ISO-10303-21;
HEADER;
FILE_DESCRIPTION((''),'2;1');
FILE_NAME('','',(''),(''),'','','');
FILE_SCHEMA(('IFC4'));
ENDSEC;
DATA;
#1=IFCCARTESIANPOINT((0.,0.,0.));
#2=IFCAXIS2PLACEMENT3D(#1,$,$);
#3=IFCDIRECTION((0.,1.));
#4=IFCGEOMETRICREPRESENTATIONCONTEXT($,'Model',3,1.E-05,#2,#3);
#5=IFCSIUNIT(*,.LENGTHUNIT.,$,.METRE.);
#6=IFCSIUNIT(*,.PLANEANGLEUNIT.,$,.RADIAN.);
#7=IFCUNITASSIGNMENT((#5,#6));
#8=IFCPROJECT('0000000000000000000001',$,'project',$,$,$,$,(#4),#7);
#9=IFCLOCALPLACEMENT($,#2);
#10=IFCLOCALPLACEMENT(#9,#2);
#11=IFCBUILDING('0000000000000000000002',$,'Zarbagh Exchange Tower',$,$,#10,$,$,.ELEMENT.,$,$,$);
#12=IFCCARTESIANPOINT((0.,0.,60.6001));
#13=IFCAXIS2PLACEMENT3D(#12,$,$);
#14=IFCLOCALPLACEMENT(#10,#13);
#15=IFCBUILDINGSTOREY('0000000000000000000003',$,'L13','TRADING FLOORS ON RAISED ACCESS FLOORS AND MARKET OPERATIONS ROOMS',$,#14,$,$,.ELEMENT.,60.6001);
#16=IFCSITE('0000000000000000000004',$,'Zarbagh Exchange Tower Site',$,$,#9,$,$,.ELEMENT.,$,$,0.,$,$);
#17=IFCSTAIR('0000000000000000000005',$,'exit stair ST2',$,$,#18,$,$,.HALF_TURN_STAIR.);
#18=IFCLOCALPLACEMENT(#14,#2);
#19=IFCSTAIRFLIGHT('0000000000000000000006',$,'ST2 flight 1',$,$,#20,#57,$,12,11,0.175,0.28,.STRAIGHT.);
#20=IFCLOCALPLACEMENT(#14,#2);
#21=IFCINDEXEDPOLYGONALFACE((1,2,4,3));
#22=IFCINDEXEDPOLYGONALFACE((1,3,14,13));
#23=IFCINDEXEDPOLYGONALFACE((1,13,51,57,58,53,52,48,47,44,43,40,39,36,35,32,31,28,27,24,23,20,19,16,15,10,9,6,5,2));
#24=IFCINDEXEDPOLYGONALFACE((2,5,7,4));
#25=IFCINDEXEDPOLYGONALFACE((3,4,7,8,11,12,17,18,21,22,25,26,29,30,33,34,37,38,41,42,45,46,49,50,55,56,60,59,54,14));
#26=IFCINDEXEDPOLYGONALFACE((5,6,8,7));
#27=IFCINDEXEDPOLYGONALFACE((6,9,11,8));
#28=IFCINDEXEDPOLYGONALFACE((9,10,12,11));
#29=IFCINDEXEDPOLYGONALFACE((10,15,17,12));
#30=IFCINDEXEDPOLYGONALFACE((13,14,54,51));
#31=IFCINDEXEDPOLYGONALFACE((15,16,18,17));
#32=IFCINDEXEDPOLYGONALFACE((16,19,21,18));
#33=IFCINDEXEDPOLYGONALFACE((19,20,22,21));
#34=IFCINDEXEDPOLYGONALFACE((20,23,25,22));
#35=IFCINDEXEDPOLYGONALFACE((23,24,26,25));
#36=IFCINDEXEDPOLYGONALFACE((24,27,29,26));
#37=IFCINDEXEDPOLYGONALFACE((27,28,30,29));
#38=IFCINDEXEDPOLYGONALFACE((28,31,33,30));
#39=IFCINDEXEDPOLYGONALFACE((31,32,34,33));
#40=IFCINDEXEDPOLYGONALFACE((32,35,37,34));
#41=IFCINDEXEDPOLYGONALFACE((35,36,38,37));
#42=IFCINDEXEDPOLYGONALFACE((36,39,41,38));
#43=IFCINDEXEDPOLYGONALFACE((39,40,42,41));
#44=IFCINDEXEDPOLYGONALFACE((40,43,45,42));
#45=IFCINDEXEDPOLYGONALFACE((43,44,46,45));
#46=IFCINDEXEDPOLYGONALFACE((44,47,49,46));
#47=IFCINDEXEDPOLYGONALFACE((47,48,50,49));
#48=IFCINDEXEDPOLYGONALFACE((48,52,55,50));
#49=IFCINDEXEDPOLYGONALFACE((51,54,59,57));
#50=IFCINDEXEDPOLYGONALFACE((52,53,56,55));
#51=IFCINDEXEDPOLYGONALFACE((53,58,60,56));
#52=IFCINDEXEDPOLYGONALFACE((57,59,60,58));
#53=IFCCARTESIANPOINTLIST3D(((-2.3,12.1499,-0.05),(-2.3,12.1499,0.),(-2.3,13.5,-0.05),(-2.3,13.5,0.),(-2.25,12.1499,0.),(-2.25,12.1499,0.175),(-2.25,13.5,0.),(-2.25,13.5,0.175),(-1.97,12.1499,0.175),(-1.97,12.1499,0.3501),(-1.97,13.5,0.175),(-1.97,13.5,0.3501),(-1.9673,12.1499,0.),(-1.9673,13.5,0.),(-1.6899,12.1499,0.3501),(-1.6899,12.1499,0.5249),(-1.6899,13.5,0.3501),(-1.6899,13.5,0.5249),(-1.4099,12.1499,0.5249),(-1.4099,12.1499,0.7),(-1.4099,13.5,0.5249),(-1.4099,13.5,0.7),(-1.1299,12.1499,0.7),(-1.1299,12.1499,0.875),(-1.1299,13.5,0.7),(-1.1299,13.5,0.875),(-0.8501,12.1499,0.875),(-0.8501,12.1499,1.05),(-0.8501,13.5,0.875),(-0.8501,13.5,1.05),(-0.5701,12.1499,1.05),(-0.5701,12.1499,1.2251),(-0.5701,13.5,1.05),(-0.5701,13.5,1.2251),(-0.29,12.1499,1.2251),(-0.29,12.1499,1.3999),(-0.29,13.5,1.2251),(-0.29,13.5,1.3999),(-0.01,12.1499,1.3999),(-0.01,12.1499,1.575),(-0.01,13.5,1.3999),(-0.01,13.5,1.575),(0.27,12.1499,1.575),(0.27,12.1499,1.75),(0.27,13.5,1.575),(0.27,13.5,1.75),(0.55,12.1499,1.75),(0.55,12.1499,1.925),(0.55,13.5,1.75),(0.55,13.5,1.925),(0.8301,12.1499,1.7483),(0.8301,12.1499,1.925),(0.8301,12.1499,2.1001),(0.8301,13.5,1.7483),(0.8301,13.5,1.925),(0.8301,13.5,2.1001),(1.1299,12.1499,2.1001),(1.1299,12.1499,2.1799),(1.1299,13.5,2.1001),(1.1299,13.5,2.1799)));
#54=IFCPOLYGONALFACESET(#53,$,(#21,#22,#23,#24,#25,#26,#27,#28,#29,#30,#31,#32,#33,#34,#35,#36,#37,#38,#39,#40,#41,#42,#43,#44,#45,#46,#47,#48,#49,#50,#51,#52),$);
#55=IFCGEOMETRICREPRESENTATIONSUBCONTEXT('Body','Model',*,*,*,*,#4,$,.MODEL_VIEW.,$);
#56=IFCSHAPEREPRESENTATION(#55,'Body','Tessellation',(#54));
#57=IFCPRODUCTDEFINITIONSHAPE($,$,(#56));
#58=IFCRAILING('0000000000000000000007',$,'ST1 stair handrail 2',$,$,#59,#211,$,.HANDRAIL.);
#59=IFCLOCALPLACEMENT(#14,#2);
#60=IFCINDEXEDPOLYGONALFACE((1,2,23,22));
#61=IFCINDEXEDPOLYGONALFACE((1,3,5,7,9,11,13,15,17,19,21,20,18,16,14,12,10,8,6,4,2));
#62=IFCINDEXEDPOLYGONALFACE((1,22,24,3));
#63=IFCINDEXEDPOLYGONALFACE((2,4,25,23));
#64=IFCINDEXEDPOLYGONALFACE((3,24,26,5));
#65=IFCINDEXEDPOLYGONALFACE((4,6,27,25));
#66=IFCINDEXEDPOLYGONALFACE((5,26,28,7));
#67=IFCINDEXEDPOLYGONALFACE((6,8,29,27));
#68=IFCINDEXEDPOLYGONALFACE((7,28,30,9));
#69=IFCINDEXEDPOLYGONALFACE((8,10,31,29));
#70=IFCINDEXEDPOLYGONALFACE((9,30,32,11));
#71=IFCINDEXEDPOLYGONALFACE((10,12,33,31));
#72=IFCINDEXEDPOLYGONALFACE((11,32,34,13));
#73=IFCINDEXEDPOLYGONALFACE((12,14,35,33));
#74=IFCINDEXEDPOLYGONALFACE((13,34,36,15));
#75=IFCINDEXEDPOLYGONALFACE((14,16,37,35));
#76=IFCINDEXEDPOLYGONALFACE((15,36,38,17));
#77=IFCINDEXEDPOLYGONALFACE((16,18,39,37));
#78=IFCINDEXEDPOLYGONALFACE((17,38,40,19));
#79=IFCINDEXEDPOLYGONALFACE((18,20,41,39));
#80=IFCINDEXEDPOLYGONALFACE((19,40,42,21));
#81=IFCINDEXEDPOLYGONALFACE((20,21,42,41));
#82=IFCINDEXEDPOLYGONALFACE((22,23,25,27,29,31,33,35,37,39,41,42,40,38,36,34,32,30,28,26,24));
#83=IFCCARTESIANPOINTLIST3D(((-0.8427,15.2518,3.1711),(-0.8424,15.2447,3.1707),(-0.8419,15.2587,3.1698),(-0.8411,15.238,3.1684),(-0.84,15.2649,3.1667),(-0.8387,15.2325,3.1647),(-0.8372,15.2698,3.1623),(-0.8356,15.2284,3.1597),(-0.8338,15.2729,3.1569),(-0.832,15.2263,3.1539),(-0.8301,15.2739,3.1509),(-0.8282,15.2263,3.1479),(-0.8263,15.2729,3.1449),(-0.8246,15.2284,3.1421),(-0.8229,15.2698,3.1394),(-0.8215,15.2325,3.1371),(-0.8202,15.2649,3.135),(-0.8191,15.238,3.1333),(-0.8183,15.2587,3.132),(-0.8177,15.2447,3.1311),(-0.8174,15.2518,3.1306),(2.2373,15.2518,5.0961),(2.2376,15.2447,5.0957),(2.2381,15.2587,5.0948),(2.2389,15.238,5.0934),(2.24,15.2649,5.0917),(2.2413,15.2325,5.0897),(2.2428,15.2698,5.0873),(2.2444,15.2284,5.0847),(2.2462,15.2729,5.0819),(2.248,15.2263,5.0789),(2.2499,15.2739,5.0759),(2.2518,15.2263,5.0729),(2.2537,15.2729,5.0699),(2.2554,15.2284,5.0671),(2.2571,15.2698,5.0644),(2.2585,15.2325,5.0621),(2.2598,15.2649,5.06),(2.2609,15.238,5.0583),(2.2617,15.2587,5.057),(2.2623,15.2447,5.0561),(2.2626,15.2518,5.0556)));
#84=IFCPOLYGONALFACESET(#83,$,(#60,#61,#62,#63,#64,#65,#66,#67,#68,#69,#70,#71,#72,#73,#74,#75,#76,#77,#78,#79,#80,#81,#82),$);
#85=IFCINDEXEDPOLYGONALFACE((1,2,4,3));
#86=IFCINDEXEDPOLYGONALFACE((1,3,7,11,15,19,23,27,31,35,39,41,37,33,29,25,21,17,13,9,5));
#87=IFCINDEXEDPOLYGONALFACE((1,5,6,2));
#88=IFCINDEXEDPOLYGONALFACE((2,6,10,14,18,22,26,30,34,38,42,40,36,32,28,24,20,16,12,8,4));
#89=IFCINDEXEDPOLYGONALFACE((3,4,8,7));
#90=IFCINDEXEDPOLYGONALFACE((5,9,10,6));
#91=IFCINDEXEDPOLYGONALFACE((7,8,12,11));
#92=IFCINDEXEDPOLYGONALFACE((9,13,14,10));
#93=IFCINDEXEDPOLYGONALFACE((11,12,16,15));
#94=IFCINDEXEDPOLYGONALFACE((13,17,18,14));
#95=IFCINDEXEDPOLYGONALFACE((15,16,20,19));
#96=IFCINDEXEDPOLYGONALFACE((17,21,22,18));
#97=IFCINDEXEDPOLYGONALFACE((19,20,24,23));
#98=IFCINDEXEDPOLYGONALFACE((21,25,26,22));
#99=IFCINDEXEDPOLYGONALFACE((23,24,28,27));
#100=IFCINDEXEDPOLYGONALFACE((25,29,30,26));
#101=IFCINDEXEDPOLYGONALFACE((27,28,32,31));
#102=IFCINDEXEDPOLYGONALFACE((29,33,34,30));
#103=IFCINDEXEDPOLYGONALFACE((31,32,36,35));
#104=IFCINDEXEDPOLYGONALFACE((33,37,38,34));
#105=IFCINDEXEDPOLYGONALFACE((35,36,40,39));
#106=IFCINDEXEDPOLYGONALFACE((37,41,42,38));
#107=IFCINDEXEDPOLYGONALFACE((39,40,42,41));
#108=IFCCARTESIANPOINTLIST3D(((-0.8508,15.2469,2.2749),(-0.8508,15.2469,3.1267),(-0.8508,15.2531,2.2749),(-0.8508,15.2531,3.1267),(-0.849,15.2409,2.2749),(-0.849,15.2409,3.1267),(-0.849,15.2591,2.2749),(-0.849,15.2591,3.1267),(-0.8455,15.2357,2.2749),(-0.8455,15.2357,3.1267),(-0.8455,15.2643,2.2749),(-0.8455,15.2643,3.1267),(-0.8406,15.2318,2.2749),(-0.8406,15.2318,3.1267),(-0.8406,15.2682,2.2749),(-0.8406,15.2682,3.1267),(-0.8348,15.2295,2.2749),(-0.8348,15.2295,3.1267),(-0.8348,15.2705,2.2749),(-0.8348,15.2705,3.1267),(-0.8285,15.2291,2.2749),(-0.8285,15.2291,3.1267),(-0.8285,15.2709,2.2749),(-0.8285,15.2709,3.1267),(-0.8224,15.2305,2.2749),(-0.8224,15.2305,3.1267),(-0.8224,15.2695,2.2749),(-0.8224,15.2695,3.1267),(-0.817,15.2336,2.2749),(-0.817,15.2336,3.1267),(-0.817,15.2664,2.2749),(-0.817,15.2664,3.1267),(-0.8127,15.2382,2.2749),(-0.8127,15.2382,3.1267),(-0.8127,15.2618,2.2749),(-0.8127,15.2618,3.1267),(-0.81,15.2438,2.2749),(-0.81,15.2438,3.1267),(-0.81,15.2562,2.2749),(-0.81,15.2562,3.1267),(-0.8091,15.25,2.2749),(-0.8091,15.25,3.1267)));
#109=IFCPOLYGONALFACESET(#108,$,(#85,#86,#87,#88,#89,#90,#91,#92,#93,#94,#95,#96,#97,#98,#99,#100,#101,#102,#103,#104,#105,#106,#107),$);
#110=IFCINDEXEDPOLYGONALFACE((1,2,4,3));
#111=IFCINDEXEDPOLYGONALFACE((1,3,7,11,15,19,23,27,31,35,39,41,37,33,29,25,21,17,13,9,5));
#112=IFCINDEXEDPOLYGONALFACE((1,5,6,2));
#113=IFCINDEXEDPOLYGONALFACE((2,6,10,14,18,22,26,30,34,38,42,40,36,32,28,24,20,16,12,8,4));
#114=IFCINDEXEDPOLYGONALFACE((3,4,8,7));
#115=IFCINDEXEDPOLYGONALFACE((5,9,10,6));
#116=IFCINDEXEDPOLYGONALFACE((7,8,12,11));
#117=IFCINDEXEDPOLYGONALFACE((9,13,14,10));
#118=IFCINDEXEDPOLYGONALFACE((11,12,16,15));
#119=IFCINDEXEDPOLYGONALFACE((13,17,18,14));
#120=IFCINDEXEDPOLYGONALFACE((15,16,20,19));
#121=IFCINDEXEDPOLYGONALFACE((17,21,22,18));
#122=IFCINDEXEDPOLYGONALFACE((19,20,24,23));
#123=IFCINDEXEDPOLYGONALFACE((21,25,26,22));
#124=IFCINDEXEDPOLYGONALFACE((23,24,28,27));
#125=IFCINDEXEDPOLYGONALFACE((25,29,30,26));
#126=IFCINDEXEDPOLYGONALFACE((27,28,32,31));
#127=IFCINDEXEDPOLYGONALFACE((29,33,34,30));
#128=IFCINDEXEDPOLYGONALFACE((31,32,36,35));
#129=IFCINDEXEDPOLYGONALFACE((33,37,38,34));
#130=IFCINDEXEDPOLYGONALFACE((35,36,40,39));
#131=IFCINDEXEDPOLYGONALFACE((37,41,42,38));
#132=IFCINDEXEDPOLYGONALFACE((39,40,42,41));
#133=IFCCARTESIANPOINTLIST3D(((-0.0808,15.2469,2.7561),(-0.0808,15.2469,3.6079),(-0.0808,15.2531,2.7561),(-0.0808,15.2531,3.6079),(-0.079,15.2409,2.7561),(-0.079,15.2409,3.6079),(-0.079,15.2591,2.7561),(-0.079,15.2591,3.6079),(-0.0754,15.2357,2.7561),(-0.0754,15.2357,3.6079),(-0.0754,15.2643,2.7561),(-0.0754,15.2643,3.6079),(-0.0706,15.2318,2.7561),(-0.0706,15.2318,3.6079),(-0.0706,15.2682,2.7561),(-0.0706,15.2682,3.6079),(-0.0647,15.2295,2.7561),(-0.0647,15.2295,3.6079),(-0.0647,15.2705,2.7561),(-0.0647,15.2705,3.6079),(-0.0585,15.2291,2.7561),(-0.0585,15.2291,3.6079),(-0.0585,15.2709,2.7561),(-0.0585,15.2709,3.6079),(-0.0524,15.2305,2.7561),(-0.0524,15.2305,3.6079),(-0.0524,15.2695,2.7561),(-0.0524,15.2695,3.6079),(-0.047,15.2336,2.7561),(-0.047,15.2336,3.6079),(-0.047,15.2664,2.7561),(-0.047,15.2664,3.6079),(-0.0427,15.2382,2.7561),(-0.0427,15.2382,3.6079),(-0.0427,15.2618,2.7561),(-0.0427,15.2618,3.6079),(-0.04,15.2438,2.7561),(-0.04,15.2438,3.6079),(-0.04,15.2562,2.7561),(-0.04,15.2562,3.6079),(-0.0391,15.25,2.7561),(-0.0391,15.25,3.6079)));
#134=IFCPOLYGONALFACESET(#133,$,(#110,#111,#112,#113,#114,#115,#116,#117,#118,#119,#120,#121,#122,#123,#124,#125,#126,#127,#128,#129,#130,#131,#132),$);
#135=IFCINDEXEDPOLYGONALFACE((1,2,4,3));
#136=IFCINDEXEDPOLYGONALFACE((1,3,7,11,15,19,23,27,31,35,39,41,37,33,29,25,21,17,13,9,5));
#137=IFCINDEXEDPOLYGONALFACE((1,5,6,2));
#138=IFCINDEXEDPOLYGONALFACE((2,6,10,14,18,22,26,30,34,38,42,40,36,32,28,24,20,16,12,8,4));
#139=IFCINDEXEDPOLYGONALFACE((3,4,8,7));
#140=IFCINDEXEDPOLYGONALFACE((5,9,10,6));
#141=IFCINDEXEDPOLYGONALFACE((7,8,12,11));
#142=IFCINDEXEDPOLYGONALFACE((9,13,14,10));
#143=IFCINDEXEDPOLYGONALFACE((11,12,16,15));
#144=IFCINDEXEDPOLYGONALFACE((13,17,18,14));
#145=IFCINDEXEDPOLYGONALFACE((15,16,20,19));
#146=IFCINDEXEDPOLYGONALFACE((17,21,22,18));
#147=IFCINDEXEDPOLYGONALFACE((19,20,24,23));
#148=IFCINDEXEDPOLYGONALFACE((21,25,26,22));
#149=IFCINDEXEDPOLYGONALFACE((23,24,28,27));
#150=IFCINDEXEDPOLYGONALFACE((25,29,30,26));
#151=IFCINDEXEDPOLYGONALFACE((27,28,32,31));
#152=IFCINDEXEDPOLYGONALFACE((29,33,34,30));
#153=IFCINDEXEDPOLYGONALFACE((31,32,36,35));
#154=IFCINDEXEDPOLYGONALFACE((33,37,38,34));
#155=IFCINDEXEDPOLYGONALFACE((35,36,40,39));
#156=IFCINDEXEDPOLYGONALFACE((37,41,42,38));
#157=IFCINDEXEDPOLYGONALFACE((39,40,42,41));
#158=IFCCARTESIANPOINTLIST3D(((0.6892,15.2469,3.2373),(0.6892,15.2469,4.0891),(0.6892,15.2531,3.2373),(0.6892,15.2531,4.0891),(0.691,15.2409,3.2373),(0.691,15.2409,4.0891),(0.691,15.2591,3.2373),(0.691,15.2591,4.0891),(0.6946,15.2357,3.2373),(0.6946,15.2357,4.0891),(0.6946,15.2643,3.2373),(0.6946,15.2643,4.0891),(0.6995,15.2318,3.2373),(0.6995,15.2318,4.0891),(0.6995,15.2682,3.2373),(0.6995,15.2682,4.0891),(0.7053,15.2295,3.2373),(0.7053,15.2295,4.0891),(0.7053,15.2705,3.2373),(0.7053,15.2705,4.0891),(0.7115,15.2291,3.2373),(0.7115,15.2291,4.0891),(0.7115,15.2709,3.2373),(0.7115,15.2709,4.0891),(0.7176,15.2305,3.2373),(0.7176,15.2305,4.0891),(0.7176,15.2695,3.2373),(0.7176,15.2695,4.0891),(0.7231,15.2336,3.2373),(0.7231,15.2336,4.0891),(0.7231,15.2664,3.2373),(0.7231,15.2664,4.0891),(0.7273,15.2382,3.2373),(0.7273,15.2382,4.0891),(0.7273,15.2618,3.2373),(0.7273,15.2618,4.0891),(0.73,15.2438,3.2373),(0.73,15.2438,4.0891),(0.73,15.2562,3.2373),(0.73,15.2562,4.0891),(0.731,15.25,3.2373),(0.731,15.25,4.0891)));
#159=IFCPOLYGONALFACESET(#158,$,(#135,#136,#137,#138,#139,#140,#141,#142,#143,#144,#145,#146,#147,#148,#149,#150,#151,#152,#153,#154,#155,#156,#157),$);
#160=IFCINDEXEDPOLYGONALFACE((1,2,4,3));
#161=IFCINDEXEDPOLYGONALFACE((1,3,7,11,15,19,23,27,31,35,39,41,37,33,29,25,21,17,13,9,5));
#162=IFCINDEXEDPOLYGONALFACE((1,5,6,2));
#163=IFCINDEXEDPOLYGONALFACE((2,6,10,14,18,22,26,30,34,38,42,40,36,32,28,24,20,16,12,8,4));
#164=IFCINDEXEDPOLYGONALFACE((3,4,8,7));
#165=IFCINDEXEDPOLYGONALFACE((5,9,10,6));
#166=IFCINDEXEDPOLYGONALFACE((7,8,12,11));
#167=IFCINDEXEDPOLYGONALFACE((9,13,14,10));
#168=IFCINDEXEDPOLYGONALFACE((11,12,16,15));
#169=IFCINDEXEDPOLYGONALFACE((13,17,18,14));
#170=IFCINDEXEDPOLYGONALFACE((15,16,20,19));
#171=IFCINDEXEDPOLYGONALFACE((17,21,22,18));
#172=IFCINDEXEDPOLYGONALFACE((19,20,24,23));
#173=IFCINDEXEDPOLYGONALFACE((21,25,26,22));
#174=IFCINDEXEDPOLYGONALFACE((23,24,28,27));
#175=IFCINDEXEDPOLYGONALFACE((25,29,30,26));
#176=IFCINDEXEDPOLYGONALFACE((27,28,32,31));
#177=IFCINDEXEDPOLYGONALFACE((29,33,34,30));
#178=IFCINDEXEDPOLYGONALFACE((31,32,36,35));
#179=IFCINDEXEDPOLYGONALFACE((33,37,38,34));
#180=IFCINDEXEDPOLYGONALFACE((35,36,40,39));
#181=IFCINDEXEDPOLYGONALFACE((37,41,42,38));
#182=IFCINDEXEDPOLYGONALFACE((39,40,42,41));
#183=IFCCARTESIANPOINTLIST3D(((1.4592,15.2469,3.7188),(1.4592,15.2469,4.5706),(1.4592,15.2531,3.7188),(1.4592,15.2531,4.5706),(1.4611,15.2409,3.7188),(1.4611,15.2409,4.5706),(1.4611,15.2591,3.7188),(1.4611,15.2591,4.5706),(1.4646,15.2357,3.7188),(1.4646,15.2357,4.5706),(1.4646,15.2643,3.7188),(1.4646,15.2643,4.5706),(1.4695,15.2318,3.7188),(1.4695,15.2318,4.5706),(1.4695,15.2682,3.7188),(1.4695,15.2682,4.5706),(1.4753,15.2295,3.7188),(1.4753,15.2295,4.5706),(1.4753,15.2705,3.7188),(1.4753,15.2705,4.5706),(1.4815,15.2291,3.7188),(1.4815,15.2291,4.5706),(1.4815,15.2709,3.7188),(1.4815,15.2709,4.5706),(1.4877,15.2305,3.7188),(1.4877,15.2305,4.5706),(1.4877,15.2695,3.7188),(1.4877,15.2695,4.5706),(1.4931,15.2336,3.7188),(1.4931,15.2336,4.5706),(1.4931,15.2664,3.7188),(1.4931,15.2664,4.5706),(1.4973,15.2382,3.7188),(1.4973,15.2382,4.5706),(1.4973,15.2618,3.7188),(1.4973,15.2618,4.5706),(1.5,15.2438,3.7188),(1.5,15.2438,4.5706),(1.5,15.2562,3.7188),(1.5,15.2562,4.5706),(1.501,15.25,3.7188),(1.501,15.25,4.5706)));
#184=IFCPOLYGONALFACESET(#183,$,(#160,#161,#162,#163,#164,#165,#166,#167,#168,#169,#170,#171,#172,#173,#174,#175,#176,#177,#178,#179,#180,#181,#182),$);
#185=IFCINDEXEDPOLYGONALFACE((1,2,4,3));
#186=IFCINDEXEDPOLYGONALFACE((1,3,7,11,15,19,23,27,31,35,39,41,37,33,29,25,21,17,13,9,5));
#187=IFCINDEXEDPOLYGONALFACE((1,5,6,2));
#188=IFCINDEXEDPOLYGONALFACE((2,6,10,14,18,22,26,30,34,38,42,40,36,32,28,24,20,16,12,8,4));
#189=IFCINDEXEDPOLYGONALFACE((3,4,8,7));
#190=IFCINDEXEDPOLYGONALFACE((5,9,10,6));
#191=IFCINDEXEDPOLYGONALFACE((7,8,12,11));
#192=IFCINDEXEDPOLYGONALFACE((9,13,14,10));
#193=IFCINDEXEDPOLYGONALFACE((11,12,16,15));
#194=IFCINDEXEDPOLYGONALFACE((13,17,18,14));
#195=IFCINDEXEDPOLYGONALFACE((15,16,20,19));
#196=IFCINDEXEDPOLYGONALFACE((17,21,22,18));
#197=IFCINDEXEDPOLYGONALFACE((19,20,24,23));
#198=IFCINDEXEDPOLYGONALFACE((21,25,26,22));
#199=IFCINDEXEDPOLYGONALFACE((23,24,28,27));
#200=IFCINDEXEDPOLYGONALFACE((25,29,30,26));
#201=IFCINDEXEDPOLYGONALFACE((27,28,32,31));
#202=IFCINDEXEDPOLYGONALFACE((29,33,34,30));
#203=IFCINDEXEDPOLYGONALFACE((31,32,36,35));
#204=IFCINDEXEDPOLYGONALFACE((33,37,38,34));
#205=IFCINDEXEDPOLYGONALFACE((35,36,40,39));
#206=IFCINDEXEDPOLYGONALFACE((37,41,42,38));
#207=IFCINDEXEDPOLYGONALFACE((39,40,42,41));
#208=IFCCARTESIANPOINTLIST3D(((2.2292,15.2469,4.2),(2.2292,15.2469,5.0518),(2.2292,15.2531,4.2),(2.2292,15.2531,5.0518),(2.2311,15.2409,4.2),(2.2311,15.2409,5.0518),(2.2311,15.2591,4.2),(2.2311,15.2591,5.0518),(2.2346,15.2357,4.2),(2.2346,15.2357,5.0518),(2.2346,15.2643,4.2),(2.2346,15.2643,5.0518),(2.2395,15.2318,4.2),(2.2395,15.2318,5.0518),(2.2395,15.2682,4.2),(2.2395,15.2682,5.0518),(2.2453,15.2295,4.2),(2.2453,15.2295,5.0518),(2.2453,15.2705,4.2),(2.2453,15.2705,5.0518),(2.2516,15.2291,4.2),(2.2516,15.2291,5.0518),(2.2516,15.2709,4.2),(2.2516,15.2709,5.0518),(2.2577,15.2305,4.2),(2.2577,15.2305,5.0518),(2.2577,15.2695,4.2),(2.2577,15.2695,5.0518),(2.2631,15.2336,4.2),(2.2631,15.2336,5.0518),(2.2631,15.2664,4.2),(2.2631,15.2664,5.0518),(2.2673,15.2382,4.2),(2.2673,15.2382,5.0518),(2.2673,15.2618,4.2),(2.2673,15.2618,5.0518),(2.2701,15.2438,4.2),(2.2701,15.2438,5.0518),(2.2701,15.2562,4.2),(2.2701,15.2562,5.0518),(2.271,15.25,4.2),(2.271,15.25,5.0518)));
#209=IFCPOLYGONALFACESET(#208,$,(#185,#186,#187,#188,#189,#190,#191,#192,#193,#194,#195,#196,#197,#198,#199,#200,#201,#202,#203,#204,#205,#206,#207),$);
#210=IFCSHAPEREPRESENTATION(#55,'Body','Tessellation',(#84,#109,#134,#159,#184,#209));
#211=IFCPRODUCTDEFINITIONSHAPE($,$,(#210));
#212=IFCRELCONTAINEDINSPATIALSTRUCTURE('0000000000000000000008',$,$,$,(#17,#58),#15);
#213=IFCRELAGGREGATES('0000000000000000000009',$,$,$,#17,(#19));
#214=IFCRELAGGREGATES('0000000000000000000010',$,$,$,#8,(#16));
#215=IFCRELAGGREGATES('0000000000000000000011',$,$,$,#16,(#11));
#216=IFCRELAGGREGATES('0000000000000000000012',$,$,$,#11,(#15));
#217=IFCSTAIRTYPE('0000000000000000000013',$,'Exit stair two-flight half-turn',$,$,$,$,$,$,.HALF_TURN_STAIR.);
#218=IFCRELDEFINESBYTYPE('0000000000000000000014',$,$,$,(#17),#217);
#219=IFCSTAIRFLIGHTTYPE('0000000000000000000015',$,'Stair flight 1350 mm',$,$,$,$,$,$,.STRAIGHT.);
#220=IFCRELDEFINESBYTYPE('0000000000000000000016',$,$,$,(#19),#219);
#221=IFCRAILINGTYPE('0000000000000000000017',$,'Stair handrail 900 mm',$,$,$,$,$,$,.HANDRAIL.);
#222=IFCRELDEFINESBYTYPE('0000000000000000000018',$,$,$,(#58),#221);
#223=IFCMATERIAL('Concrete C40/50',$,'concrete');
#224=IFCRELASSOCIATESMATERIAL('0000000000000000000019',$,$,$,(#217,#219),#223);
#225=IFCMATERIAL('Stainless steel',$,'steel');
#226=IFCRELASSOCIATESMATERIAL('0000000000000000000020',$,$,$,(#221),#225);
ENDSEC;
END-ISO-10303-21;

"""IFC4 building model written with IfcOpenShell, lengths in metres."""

from ifc_helpers import new_model, si_unit, direction, frame, origin, origin_2d, place, context, subcontext, project, spatial, polyline, circle, outline, extrude, material, type_object, element, aggregate, save


model = new_model("IFC4")

# Units and contexts
model_context = context("Model", 3, precision=1e-05, world=origin(), true_north=direction((0.0, 1.0)))
body_context = subcontext(model_context, "Body", "Model", "MODEL_VIEW")
ifc_project = project(units=[si_unit("LENGTHUNIT", "METRE"), si_unit("PLANEANGLEUNIT", "RADIAN")], contexts=[model_context])

# Site, building, storey
site_placement = place(None, origin())
site = spatial("IfcSite", under=ifc_project, at=site_placement, Name="Zarbagh Exchange Tower Site", CompositionType="ELEMENT", RefElevation=0.0)
building_placement = place(site_placement, origin())
building = spatial("IfcBuilding", under=site, at=building_placement, Name="Zarbagh Exchange Tower", CompositionType="ELEMENT")
storey_placement = place(building_placement, frame((0.0, 0.0, 60.6001)))
storey = spatial("IfcBuildingStorey", under=building, at=storey_placement, Name="L13", Description="TRADING FLOORS ON RAISED ACCESS FLOORS AND MARKET OPERATIONS ROOMS", CompositionType="ELEMENT", Elevation=60.6001)

# Shared definitions
ifc_material_1 = material(Name="Stainless steel", Category="steel")

# Stair, stair flight
ifc_material_2 = material(Name="Concrete C40/50", Category="concrete")
stair_type = type_object("IfcStairType", Name="Exit stair two-flight half-turn", PredefinedType="HALF_TURN_STAIR", material=ifc_material_2)
stair_flight_type = type_object("IfcStairFlightType", Name="Stair flight 1350 mm", PredefinedType="STRAIGHT", material=ifc_material_2)
stair_1_placement = place(storey_placement, origin())
stair_1 = element("IfcStair", 1, at=stair_1_placement, inside=storey, type_object=stair_type, Name="exit stair ST2", PredefinedType="HALF_TURN_STAIR")
stair_flight_1_placement = place(storey_placement, frame((-2.25, 12.825, 0.0), z_axis=(0.0, 0.0, 1.0), x_axis=(1.0, 0.0, 0.0)))
stair_flight_1 = element("IfcStairFlight", 2, at=stair_flight_1_placement, type_object=stair_flight_type, Name="ST2 flight 1", NumberOfRisers=12, NumberOfTreads=11, PredefinedType="STRAIGHT", RiserHeight=0.175, TreadLength=0.28, context=body_context, shape_type="SweptSolid", body=[
    extrude(outline(polyline([(-0.05, -0.05), (-0.05, 0.0), (0.0, 0.0), (0.0, 0.175), (0.28, 0.175), (0.28, 0.3501), (0.5601, 0.3501), (0.5601, 0.5249), (0.8401, 0.5249), (0.8401, 0.7), (1.1201, 0.7), (1.1201, 0.875), (1.3999, 0.875), (1.3999, 1.05), (1.6799, 1.05), (1.6799, 1.2251), (1.96, 1.2251), (1.96, 1.3999), (2.24, 1.3999), (2.24, 1.575), (2.52, 1.575), (2.52, 1.75), (2.8, 1.75), (2.8, 1.925), (3.0801, 1.925), (3.0801, 2.1001), (3.3799, 2.1799), (3.3799, 2.1001), (3.0801, 1.7483), (0.2827, 0.0), (-0.05, -0.05)])), frame((0.0, 0.675, 0.0), z_axis=(0.0, -1.0, 0.0), x_axis=(1.0, 0.0, 0.0)), (0.0, 0.0, 1.0), 1.3501),
])
aggregate(stair_1, [stair_flight_1])

# Railing
railing_type_1 = type_object("IfcRailingType", Name="Stair handrail 900 mm", PredefinedType="HANDRAIL", material=ifc_material_1)
railing_1_placement = place(storey_placement, frame((-0.8301, 15.25, 2.2749)))
element("IfcRailing", 3, at=railing_1_placement, inside=storey, type_object=railing_type_1, Name="ST1 stair handrail 2", PredefinedType="HANDRAIL", context=body_context, shape_type="SweptSolid", body=[
    extrude(circle(Radius=0.0239, at=origin_2d()), frame((0.0, 0.0, 0.876), z_axis=(0.847998, 0.0, 0.529999), x_axis=(0.0, 1.0, 0.0)), (0.0, 0.0, 1.0), 3.6321),
    extrude(circle(Radius=0.021, at=origin_2d()), origin(), (0.0, 0.0, 1.0), 0.8518),
    extrude(circle(Radius=0.021, at=origin_2d()), frame((0.77, 0.0, 0.4812)), (0.0, 0.0, 1.0), 0.8518),
    extrude(circle(Radius=0.021, at=origin_2d()), frame((1.54, 0.0, 0.9624)), (0.0, 0.0, 1.0), 0.8518),
    extrude(circle(Radius=0.021, at=origin_2d()), frame((2.3101, 0.0, 1.4438)), (0.0, 0.0, 1.0), 0.8518),
    extrude(circle(Radius=0.021, at=origin_2d()), frame((3.0801, 0.0, 1.925)), (0.0, 0.0, 1.0), 0.8518),
])

save(model, "model.ifc")
